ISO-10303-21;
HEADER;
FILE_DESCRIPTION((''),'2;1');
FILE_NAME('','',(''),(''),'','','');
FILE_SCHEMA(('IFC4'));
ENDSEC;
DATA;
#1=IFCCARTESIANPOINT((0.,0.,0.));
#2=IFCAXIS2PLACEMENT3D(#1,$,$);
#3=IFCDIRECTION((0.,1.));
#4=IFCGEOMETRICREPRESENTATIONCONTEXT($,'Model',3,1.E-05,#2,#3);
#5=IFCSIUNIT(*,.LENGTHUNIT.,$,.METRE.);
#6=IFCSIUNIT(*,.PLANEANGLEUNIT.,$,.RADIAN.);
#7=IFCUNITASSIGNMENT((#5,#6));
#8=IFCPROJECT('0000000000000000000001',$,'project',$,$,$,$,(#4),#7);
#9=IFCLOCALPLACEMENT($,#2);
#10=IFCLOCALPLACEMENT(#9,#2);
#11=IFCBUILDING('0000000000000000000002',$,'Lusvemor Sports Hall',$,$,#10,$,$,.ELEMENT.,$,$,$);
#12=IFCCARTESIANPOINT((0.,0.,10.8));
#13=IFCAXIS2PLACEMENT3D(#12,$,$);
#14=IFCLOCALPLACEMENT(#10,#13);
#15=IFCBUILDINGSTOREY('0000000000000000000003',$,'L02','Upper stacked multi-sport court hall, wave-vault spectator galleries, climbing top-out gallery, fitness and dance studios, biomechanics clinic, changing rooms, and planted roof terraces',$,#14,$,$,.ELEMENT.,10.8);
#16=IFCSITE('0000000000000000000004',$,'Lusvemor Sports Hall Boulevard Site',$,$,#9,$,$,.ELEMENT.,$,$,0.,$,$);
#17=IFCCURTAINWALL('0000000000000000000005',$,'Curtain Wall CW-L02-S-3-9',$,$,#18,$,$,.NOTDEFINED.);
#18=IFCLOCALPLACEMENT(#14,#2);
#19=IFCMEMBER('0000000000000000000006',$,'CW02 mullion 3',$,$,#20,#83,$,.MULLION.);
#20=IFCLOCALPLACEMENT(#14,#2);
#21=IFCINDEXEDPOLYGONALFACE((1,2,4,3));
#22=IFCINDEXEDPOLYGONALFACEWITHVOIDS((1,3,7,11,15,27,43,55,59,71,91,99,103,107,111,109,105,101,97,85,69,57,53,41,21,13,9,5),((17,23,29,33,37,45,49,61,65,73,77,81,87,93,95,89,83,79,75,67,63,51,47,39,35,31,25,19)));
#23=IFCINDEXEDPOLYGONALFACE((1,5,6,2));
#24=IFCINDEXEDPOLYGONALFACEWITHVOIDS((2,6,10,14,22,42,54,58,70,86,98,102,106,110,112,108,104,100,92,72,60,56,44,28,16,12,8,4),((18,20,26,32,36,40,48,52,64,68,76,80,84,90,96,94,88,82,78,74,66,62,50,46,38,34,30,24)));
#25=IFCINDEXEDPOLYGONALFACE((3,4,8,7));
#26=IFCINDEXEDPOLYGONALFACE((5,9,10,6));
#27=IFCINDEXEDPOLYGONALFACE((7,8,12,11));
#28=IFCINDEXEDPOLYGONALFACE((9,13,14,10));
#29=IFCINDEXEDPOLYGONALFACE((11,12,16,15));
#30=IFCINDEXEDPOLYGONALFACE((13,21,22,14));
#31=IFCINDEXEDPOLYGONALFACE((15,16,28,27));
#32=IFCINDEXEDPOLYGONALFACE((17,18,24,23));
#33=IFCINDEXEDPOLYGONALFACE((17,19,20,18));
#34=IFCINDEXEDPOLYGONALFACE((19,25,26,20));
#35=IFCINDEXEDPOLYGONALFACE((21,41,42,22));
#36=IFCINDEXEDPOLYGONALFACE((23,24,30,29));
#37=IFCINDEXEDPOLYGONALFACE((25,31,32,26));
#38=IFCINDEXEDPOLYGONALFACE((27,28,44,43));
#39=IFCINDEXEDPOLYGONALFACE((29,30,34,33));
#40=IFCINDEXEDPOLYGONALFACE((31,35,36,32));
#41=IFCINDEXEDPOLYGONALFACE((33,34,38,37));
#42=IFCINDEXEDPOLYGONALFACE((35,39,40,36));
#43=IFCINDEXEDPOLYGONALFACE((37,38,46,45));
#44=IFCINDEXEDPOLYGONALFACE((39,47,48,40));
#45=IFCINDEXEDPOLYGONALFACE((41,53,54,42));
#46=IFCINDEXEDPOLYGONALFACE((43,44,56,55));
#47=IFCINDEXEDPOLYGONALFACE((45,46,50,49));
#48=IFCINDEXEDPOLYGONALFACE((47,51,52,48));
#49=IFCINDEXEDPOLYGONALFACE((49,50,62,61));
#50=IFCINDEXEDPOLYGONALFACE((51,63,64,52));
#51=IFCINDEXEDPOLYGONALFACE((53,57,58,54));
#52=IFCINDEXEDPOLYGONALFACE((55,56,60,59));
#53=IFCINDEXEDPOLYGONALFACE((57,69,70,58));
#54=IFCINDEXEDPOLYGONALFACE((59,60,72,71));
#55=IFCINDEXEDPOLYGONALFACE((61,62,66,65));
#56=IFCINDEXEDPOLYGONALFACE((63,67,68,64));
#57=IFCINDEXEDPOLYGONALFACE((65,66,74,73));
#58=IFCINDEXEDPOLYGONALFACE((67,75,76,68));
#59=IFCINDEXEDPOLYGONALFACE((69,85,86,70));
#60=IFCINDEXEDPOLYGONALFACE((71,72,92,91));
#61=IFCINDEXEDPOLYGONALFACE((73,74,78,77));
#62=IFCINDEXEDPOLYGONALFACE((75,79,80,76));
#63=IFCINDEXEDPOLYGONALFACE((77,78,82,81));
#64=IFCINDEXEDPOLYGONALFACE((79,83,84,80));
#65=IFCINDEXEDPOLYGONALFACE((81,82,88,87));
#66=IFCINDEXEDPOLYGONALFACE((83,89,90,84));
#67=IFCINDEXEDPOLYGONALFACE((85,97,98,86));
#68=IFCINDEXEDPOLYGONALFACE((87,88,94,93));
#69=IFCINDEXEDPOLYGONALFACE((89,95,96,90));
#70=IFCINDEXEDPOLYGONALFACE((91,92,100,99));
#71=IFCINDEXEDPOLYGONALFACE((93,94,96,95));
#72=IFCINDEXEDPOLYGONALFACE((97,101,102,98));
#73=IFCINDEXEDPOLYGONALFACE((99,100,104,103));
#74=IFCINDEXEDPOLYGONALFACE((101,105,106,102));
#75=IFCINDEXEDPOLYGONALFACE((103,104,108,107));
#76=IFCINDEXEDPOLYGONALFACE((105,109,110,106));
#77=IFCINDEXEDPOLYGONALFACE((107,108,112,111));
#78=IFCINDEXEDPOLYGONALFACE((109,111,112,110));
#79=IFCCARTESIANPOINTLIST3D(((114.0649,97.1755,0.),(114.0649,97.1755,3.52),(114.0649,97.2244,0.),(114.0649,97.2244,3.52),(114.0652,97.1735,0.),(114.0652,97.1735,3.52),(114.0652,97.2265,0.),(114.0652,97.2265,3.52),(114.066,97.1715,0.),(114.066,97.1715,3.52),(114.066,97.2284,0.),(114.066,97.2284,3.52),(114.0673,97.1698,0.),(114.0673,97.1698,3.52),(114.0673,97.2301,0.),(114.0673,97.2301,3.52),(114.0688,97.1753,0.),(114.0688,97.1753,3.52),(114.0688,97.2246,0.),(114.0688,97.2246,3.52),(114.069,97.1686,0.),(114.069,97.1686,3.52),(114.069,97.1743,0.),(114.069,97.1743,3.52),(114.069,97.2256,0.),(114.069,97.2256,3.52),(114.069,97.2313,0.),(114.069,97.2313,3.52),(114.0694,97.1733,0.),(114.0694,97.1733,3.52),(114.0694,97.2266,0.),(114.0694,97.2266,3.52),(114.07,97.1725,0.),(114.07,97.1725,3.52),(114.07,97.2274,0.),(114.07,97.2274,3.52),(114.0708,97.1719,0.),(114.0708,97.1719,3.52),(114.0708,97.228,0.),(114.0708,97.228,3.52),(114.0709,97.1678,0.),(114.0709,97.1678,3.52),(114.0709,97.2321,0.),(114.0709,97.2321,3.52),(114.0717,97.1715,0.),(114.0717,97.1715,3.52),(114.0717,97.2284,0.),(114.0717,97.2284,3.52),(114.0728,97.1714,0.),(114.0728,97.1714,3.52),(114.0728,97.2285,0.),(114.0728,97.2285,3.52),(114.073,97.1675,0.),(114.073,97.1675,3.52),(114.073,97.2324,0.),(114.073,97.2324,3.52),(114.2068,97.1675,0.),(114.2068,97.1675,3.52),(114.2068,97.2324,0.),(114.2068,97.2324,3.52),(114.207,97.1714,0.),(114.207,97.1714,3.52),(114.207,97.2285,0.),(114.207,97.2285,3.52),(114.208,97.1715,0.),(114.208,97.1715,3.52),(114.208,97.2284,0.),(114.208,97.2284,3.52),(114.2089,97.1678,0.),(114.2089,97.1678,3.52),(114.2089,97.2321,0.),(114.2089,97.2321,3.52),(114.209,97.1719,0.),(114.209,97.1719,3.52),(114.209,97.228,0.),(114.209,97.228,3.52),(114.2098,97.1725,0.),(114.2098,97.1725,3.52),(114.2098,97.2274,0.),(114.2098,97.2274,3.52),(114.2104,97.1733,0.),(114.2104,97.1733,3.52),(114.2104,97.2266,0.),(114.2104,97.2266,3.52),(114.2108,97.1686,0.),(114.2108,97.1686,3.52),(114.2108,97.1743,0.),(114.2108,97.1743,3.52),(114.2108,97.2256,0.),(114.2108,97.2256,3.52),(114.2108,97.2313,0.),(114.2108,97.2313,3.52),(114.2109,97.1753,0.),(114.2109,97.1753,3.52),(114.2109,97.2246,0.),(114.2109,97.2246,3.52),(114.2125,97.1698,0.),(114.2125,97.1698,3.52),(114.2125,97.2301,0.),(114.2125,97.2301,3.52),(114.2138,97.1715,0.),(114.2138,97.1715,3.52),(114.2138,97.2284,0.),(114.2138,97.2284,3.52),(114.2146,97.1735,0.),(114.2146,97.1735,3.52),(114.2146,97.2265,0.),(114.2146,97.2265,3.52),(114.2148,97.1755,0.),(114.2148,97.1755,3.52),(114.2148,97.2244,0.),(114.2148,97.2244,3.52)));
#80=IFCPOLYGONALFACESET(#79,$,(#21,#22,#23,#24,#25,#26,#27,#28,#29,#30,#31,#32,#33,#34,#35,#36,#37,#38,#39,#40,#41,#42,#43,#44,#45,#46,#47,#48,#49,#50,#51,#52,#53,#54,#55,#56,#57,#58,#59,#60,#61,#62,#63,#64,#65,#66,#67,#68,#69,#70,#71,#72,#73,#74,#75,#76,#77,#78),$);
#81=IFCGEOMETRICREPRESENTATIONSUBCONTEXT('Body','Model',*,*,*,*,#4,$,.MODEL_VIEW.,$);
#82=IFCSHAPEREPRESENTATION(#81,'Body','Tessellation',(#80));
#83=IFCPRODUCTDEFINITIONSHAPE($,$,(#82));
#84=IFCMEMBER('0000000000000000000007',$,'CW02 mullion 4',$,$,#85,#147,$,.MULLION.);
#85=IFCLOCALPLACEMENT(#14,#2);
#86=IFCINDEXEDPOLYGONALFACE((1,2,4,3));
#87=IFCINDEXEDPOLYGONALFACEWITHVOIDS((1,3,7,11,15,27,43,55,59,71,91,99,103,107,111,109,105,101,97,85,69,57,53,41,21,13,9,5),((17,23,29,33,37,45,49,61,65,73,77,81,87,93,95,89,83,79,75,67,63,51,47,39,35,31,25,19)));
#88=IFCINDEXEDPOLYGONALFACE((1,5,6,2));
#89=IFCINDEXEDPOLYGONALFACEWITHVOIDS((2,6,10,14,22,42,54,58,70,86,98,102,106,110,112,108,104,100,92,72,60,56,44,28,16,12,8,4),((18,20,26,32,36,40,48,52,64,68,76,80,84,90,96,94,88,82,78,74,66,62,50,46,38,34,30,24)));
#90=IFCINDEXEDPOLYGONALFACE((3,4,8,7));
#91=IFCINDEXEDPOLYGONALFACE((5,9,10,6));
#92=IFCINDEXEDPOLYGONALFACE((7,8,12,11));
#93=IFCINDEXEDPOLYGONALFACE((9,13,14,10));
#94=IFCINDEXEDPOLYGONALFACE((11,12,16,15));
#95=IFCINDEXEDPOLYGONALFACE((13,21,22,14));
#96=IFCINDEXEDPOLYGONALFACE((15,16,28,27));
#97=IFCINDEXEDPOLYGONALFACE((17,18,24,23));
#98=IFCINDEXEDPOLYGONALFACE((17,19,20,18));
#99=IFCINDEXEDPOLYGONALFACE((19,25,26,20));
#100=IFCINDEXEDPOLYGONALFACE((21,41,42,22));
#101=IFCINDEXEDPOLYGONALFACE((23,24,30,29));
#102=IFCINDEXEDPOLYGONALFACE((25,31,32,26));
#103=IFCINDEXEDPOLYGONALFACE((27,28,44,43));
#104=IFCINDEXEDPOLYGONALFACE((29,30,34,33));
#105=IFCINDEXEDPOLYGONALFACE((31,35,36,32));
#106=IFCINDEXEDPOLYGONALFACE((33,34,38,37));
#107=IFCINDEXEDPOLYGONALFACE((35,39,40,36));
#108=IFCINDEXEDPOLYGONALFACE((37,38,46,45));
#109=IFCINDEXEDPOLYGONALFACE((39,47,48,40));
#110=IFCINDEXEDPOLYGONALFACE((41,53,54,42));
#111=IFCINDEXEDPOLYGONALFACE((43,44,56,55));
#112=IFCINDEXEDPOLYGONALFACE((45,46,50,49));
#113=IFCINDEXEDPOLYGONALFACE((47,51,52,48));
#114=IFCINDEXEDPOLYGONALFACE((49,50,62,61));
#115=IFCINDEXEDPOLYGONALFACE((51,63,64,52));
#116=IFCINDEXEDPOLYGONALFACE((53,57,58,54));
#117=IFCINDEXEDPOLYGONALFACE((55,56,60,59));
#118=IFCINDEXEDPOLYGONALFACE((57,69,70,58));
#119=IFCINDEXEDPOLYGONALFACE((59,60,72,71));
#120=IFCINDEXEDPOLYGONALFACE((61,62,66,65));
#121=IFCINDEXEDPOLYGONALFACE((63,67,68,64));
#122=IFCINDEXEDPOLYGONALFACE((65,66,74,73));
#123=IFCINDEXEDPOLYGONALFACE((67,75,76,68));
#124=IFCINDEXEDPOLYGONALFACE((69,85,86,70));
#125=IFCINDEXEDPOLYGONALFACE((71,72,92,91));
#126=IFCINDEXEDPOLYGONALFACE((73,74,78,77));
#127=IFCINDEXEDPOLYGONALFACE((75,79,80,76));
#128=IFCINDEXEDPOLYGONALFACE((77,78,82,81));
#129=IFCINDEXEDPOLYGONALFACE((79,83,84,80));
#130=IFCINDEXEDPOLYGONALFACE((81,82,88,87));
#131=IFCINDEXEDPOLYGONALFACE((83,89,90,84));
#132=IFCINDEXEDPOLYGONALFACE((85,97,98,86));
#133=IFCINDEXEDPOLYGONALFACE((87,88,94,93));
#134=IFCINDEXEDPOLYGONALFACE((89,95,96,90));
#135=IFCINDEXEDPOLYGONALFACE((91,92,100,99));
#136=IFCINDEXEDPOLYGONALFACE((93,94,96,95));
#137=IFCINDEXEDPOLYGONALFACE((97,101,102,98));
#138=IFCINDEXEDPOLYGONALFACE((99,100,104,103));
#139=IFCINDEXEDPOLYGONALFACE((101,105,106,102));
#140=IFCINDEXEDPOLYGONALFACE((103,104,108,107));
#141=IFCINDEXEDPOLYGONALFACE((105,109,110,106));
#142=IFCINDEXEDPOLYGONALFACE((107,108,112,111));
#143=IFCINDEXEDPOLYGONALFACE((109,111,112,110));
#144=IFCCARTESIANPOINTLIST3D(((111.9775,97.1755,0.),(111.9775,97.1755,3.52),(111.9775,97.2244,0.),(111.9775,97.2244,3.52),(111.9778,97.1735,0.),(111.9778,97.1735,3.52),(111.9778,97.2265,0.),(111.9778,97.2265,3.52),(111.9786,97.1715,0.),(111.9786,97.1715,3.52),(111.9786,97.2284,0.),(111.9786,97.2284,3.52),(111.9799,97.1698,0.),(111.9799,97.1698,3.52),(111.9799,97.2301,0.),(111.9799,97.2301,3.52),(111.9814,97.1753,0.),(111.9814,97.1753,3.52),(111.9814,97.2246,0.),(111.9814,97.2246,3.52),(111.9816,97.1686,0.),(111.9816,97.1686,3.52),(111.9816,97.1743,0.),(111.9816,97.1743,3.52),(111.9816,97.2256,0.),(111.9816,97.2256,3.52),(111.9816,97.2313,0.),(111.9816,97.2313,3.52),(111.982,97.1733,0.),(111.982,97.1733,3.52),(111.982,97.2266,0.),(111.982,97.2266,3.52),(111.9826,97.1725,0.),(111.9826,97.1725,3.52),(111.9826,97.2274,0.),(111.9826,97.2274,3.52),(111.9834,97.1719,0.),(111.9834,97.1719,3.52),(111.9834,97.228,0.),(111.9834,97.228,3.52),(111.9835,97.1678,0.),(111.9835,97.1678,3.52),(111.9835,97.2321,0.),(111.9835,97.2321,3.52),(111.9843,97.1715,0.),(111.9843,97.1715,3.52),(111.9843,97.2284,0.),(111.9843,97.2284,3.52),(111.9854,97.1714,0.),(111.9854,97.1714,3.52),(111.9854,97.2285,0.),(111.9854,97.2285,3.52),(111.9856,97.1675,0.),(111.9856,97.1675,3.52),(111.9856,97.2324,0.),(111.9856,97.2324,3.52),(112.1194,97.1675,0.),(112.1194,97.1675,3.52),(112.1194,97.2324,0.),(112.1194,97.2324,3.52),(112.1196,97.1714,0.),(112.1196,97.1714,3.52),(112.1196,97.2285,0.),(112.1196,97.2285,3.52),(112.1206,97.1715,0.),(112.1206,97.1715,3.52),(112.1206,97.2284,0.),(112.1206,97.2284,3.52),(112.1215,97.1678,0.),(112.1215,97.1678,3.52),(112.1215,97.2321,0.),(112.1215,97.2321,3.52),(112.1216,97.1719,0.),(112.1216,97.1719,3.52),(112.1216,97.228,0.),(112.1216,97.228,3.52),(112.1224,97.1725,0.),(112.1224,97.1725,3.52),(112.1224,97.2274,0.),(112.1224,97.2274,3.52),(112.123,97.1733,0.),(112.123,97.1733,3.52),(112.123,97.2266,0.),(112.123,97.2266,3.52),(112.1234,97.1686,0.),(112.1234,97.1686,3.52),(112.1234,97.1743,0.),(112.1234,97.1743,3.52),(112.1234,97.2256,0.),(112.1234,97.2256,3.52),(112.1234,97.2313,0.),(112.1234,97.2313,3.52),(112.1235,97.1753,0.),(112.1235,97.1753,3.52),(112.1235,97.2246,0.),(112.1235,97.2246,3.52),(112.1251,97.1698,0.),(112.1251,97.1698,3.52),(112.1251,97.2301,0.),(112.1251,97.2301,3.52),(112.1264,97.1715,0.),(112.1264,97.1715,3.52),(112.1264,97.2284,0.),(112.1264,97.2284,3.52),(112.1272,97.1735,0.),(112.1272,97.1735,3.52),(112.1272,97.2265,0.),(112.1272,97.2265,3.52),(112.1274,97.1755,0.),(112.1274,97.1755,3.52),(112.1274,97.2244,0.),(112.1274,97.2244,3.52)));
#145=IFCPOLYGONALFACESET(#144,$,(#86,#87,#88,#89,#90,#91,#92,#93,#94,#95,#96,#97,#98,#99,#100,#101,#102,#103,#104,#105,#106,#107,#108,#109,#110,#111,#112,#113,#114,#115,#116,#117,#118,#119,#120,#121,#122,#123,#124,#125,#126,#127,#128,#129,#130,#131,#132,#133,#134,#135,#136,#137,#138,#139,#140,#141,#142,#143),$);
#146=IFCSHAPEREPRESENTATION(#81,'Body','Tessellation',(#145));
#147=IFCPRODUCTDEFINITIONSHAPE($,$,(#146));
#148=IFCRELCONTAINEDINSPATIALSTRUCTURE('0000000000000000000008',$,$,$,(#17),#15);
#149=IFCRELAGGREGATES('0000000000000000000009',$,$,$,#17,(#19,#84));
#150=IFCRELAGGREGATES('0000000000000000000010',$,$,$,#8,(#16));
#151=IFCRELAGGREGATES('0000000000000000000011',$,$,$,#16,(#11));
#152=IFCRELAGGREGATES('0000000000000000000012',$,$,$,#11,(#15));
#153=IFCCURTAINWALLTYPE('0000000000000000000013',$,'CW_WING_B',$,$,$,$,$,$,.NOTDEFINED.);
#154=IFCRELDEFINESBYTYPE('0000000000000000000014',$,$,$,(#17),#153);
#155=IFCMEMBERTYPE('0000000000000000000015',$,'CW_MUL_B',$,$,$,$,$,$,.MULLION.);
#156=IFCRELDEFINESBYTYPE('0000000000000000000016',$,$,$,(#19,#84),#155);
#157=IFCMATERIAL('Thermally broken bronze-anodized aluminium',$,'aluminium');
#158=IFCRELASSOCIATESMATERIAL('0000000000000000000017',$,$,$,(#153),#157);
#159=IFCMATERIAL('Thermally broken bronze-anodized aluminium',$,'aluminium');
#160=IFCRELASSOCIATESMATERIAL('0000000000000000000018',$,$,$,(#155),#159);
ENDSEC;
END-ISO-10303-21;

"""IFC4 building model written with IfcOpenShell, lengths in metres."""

from ifc_helpers import new_model, si_unit, direction, frame, origin, origin_2d, place, context, subcontext, project, spatial, hollow_rectangle, extrude, material, material_profile, profile_set, type_object, element, aggregate, save


model = new_model("IFC4")

# Units and contexts
model_context = context("Model", 3, precision=1e-05, world=origin(), true_north=direction((0.0, 1.0)))
body_context = subcontext(model_context, "Body", "Model", "MODEL_VIEW")
ifc_project = project(units=[si_unit("LENGTHUNIT", "METRE"), si_unit("PLANEANGLEUNIT", "RADIAN")], contexts=[model_context])

# Site, building, storey
site_placement = place(None, origin())
site = spatial("IfcSite", under=ifc_project, at=site_placement, Name="Lusvemor Sports Hall Boulevard Site", CompositionType="ELEMENT", RefElevation=0.0)
building_placement = place(site_placement, origin())
building = spatial("IfcBuilding", under=site, at=building_placement, Name="Lusvemor Sports Hall", CompositionType="ELEMENT")
storey_placement = place(building_placement, frame((0.0, 0.0, 10.8)))
storey = spatial("IfcBuildingStorey", under=building, at=storey_placement, Name="L02", Description="Upper stacked multi-sport court hall, wave-vault spectator galleries, climbing top-out gallery, fitness and dance studios, biomechanics clinic, changing rooms, and planted roof terraces", CompositionType="ELEMENT", Elevation=10.8)

# Shared definitions
ifc_material_1 = material(Name="Thermally broken bronze-anodized aluminium", Category="aluminium")
curtain_wall_type = type_object("IfcCurtainWallType", Name="CW_WING_B", PredefinedType="NOTDEFINED", material=ifc_material_1)
ifc_material_2 = material(Name="Thermally broken bronze-anodized aluminium", Category="aluminium")
ifc_material_profile_1 = material_profile(ifc_material_2, hollow_rectangle(XDim=0.0649, YDim=0.1499, WallThickness=0.0039, InnerFilletRadius=0.0039, OuterFilletRadius=0.0081, at=origin_2d()), Name="CWMUL150x65x4")
ifc_profile_set_1 = profile_set([ifc_material_profile_1], Name="Thermally broken bronze-anodized aluminium")
member_type_1 = type_object("IfcMemberType", Name="CW_MUL_B", PredefinedType="MULLION", material=ifc_profile_set_1)

# Curtain wall, members
curtain_wall_1_placement = place(storey_placement, origin())
curtain_wall_1 = element("IfcCurtainWall", 1, at=curtain_wall_1_placement, inside=storey, type_object=curtain_wall_type, Name="Curtain Wall CW-L02-S-3-9", PredefinedType="NOTDEFINED")
member_1_placement = place(storey_placement, frame((114.1399, 97.2, 0.0), z_axis=(0.0, 0.0, 1.0), x_axis=(0.0, -1.0, 0.0)))
member_1 = element("IfcMember", 2, at=member_1_placement, type_object=member_type_1, Name="CW02 mullion 3", PredefinedType="MULLION", context=body_context, shape_type="SweptSolid", body=[
    extrude(hollow_rectangle(XDim=0.0649, YDim=0.1499, WallThickness=0.0039, InnerFilletRadius=0.0039, OuterFilletRadius=0.0081, at=origin_2d()), origin(), (0.0, 0.0, 1.0), 3.52),
])
member_2_placement = place(storey_placement, frame((112.0525, 97.2, 0.0), z_axis=(0.0, 0.0, 1.0), x_axis=(0.0, -1.0, 0.0)))
member_2 = element("IfcMember", 3, at=member_2_placement, type_object=member_type_1, Name="CW02 mullion 4", PredefinedType="MULLION", context=body_context, shape_type="SweptSolid", body=[
    extrude(hollow_rectangle(XDim=0.0649, YDim=0.1499, WallThickness=0.0039, InnerFilletRadius=0.0039, OuterFilletRadius=0.0081, at=origin_2d()), origin(), (0.0, 0.0, 1.0), 3.52),
])

aggregate(curtain_wall_1, [member_1, member_2])

save(model, "model.ifc")
